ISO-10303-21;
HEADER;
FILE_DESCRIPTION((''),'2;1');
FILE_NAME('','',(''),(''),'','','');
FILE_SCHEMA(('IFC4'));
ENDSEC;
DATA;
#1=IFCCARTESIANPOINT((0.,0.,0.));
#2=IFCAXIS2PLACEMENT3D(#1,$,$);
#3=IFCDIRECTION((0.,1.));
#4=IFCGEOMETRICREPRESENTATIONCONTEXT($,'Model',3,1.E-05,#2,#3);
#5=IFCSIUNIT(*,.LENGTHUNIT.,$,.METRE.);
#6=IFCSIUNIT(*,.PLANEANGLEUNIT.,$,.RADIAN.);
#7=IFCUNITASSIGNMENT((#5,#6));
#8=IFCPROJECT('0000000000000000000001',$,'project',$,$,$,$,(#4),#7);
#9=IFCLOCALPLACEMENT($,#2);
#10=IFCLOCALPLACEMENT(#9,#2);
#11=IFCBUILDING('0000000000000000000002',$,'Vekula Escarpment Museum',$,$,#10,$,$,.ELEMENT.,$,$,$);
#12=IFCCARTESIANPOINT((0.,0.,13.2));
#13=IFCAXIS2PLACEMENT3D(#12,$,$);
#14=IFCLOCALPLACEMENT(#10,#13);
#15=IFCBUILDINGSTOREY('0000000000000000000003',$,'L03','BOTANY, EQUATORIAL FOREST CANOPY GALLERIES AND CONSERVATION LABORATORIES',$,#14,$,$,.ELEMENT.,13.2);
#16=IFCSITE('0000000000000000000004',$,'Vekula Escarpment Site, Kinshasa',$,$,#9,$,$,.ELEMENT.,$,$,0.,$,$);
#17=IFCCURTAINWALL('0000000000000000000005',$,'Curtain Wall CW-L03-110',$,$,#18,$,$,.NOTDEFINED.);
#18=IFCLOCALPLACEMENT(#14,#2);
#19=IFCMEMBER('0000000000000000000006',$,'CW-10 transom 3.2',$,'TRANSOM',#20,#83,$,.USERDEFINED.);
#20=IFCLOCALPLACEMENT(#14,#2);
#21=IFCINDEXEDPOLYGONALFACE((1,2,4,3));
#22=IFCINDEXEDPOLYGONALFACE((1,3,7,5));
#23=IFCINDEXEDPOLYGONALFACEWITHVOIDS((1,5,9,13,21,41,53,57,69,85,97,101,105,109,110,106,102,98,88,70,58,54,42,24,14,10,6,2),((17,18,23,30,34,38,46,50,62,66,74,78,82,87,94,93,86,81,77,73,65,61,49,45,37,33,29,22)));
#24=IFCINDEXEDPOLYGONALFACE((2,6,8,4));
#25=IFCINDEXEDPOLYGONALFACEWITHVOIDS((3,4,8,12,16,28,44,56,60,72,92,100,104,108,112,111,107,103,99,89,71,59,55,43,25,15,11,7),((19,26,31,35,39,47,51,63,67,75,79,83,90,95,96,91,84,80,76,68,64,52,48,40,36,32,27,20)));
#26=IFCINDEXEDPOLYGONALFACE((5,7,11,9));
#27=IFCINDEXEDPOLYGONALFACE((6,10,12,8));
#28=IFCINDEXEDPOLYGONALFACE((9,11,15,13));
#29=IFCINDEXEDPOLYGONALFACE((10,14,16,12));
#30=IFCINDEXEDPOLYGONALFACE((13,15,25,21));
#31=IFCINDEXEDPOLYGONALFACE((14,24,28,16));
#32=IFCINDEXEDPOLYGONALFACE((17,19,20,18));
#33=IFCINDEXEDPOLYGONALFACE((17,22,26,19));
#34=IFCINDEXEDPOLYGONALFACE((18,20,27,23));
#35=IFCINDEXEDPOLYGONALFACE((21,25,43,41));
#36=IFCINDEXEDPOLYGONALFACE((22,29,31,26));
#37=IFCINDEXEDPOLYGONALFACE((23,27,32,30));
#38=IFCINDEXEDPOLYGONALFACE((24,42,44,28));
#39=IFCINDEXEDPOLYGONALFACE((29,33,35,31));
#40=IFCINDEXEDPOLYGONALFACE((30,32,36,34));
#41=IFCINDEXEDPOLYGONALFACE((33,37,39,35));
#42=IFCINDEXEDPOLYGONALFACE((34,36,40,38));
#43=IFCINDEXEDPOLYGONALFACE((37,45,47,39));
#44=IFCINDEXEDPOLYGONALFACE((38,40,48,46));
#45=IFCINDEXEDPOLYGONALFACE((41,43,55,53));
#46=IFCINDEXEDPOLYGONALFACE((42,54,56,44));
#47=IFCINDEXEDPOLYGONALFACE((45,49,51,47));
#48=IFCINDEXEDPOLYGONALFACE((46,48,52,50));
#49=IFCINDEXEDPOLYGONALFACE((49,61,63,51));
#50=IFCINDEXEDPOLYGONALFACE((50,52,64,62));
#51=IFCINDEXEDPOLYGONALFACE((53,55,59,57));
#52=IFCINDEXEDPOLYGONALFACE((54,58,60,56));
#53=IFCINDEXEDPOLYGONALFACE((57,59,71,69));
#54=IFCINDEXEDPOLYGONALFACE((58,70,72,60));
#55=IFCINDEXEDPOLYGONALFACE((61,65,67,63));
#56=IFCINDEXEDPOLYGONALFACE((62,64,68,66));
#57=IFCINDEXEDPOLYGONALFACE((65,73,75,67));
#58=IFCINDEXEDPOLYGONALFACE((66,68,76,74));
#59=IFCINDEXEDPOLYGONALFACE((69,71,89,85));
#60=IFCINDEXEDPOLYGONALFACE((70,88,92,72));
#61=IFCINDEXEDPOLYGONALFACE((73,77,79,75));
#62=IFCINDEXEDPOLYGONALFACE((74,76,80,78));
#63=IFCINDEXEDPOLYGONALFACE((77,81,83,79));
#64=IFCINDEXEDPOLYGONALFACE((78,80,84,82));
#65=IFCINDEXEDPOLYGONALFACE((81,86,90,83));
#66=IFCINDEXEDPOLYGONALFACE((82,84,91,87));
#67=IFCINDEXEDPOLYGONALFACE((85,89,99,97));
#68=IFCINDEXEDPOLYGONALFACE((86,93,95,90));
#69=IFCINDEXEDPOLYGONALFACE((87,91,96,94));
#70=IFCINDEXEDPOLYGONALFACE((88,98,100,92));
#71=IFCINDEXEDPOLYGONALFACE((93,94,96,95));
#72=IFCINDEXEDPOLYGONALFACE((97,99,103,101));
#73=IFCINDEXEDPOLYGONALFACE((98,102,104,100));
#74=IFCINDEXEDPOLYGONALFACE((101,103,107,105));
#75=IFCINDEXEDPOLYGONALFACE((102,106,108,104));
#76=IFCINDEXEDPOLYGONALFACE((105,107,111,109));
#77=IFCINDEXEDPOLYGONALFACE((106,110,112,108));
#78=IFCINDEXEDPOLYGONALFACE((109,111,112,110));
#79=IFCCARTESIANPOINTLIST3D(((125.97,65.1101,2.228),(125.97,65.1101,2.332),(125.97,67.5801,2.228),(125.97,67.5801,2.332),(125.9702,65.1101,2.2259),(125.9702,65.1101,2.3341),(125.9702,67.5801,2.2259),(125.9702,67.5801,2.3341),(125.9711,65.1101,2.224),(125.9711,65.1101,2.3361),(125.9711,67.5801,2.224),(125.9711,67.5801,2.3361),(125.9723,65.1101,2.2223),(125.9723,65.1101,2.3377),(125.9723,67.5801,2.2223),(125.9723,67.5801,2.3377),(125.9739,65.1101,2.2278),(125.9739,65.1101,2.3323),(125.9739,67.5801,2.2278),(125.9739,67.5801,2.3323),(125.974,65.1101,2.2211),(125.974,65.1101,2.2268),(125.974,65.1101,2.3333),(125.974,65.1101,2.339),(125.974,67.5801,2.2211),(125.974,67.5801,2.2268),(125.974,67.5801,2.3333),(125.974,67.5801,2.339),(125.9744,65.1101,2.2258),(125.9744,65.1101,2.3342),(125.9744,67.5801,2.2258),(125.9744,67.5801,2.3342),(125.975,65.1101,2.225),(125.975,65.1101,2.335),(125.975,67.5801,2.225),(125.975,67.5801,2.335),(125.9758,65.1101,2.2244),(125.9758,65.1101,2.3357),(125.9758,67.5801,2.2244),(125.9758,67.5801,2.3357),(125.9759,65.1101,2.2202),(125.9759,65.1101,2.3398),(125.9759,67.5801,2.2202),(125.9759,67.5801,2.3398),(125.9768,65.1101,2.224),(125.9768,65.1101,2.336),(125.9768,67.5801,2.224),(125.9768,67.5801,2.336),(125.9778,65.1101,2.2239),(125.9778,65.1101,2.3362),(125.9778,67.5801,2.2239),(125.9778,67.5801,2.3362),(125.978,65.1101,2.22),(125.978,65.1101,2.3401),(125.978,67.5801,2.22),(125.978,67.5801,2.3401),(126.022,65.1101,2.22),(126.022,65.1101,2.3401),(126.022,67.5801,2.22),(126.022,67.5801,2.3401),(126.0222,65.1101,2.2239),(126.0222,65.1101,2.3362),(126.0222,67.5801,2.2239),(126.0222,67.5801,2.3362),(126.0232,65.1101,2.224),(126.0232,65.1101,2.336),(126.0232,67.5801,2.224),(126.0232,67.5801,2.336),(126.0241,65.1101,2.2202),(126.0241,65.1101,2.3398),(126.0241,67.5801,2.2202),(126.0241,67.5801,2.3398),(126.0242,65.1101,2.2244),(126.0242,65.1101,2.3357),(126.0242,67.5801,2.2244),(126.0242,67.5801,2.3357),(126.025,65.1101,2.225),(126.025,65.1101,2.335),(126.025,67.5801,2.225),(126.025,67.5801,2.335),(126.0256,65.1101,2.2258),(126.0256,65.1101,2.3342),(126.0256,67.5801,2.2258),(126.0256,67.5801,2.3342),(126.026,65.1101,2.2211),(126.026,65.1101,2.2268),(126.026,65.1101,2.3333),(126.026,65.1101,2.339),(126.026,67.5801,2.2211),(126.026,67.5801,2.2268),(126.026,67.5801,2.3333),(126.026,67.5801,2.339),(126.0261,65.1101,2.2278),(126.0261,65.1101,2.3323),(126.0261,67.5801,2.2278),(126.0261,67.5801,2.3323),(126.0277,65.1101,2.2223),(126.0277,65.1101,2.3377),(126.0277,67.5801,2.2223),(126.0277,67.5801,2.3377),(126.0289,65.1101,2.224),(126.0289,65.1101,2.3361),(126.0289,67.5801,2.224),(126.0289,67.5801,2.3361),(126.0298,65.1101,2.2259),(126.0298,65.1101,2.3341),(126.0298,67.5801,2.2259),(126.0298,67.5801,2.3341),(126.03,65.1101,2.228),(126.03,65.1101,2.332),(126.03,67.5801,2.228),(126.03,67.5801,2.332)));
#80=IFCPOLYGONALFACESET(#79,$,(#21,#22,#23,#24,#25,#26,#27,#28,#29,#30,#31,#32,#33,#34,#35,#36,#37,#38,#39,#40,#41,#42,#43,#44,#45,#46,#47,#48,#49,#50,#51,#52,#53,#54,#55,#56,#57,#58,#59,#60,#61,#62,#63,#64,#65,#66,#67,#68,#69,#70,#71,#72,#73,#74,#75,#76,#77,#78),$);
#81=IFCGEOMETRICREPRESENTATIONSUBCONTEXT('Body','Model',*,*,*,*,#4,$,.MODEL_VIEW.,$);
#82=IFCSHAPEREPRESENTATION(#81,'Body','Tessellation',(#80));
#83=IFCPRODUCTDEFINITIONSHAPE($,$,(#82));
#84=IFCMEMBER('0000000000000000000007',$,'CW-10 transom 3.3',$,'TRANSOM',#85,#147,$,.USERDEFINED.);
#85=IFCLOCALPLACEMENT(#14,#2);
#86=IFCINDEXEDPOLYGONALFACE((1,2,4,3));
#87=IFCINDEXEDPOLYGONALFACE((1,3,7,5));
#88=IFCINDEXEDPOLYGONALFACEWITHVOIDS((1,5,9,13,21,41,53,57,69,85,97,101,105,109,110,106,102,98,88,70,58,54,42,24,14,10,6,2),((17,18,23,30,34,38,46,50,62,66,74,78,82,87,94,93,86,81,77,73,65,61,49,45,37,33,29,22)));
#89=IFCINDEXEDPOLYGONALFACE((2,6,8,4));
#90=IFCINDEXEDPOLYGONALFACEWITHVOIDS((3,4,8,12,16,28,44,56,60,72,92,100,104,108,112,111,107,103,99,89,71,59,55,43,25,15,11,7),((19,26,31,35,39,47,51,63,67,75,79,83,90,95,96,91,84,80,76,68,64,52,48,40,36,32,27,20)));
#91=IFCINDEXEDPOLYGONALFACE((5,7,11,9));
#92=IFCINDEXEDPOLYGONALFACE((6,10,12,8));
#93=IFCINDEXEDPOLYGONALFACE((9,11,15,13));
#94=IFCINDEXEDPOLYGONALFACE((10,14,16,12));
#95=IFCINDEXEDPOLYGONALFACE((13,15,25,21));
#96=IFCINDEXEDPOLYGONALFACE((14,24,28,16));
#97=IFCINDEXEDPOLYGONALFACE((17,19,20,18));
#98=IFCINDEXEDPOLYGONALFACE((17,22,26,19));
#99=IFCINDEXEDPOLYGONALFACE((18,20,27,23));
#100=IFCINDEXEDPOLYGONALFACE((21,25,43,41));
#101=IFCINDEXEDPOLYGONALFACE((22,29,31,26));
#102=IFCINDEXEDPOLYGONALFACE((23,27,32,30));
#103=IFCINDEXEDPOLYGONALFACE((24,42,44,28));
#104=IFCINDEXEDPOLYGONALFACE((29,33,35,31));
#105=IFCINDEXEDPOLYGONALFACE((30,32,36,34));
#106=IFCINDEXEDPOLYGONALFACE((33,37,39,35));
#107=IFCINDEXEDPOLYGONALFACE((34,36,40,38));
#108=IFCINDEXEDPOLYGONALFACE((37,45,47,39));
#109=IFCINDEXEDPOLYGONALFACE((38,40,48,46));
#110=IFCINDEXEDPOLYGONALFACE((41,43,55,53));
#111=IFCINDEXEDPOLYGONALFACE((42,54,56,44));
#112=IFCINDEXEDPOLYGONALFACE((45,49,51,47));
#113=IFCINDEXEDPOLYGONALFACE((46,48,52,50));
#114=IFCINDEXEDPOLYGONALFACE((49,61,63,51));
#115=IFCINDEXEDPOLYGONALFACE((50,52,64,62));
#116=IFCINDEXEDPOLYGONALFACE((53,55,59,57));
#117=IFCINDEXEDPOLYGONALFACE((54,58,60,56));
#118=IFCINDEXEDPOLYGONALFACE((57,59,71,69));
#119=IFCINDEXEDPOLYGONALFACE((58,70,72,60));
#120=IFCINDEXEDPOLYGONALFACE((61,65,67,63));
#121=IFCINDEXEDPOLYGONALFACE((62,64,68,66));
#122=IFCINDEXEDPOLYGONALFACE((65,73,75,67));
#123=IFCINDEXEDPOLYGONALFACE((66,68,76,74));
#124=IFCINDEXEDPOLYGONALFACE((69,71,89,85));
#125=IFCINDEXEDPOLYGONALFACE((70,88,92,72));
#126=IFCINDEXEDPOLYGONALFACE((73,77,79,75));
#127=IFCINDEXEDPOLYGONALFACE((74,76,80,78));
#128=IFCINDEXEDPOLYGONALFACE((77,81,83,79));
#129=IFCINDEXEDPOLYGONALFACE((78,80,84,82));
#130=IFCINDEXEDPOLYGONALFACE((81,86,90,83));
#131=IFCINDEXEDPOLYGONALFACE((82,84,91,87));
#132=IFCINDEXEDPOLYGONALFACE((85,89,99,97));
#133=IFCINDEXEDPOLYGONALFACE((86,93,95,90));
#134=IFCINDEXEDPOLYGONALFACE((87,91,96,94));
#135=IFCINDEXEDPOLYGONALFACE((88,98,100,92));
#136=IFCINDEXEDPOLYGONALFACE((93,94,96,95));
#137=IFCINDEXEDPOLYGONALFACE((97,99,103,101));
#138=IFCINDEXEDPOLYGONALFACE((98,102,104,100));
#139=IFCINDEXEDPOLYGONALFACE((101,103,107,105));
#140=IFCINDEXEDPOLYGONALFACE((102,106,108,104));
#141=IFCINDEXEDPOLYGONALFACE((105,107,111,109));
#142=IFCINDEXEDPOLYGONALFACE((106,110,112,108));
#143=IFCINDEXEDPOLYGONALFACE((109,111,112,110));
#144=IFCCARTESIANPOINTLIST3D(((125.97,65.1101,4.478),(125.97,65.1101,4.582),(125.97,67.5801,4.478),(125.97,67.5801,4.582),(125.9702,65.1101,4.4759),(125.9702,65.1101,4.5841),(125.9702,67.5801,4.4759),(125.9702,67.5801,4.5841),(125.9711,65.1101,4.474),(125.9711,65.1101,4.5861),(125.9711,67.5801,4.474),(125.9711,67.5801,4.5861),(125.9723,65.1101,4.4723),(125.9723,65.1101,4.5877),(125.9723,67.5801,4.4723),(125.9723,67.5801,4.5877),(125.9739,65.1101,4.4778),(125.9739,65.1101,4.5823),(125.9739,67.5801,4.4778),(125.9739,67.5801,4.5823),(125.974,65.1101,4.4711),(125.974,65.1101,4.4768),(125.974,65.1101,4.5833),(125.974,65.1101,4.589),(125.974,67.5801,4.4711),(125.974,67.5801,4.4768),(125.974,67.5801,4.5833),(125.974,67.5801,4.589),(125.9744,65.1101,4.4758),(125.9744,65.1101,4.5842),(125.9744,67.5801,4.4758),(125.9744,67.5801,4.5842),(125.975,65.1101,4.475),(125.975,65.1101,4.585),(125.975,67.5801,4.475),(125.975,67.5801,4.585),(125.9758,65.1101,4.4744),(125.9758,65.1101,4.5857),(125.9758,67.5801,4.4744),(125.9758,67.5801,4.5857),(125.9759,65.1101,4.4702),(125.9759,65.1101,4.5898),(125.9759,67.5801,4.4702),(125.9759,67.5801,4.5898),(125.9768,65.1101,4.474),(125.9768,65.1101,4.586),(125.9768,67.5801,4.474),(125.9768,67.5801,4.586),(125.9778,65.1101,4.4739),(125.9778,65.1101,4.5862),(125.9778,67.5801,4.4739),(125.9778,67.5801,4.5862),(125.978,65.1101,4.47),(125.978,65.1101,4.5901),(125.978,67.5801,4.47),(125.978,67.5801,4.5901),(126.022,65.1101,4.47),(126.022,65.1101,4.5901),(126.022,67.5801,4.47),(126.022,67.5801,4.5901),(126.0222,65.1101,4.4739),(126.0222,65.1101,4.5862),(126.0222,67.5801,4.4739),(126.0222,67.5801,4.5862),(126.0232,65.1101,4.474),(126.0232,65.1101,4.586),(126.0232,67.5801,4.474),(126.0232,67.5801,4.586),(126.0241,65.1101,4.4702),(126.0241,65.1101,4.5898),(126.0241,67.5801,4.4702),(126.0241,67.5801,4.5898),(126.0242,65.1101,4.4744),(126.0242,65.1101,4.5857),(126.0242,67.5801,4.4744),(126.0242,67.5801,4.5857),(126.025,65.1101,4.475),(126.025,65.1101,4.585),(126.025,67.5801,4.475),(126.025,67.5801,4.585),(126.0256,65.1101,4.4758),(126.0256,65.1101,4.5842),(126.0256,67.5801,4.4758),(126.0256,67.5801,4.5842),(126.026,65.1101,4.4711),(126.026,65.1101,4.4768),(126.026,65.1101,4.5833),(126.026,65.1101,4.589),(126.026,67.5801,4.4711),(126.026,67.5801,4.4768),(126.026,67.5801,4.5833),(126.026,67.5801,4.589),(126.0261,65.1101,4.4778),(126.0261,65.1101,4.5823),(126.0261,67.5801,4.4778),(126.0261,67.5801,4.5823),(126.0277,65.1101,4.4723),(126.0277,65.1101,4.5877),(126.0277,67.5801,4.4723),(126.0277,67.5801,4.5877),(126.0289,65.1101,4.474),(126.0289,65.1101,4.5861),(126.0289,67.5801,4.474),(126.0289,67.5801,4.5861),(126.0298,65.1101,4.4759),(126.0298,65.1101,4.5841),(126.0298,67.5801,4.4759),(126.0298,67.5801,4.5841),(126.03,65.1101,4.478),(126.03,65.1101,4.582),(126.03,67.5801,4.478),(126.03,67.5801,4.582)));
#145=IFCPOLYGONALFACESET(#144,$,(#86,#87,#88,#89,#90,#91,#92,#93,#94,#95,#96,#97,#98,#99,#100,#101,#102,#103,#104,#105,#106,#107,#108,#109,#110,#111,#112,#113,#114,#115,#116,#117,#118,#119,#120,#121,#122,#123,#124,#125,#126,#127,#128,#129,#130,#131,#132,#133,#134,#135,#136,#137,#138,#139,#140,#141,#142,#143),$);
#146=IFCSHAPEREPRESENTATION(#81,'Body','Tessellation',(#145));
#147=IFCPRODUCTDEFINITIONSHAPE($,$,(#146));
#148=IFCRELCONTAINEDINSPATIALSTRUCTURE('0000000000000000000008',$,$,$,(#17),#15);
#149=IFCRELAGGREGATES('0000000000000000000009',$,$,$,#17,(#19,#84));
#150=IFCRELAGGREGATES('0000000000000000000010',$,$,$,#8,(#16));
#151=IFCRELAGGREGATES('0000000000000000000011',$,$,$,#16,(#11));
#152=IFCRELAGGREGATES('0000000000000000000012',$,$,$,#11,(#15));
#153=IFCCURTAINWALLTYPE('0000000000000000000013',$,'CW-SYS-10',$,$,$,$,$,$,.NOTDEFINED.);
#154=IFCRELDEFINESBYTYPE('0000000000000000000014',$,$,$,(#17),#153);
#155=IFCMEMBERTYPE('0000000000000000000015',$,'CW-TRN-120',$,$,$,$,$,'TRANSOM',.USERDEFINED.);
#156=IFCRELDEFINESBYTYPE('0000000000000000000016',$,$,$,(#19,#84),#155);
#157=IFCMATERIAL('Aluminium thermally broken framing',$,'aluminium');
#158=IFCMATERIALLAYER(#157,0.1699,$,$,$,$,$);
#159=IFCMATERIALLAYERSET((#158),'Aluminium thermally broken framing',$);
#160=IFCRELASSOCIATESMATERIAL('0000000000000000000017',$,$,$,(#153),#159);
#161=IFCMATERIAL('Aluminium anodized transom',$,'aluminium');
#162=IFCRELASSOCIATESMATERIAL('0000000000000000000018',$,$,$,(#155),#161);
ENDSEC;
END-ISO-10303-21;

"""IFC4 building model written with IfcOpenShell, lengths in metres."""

from ifc_helpers import new_model, si_unit, direction, frame, origin, origin_2d, place, context, subcontext, project, spatial, hollow_rectangle, extrude, material, layer, layer_set, material_profile, profile_set, type_object, element, aggregate, save


model = new_model("IFC4")

# Units and contexts
model_context = context("Model", 3, precision=1e-05, world=origin(), true_north=direction((0.0, 1.0)))
body_context = subcontext(model_context, "Body", "Model", "MODEL_VIEW")
ifc_project = project(units=[si_unit("LENGTHUNIT", "METRE"), si_unit("PLANEANGLEUNIT", "RADIAN")], contexts=[model_context])

# Site, building, storey
site_placement = place(None, origin())
site = spatial("IfcSite", under=ifc_project, at=site_placement, Name="Vekula Escarpment Site, Kinshasa", CompositionType="ELEMENT", RefElevation=0.0)
building_placement = place(site_placement, origin())
building = spatial("IfcBuilding", under=site, at=building_placement, Name="Vekula Escarpment Museum", CompositionType="ELEMENT")
storey_placement = place(building_placement, frame((0.0, 0.0, 13.2)))
storey = spatial("IfcBuildingStorey", under=building, at=storey_placement, Name="L03", Description="BOTANY, EQUATORIAL FOREST CANOPY GALLERIES AND CONSERVATION LABORATORIES", CompositionType="ELEMENT", Elevation=13.2)

# Curtain wall, members
ifc_material_1 = material(Name="Aluminium thermally broken framing", Category="aluminium")
ifc_layer_1 = layer(ifc_material_1, 0.1699)
ifc_layer_set_1 = layer_set([ifc_layer_1], Name="Aluminium thermally broken framing")
curtain_wall_type_1 = type_object("IfcCurtainWallType", Name="CW-SYS-10", PredefinedType="NOTDEFINED", material=ifc_layer_set_1)
curtain_wall_1_placement = place(storey_placement, origin())
curtain_wall_1 = element("IfcCurtainWall", 1, at=curtain_wall_1_placement, inside=storey, type_object=curtain_wall_type_1, Name="Curtain Wall CW-L03-110", PredefinedType="NOTDEFINED")
ifc_material_2 = material(Name="Aluminium anodized transom", Category="aluminium")
ifc_material_profile_1 = material_profile(ifc_material_2, hollow_rectangle(XDim=0.0601, YDim=0.1201, WallThickness=0.0039, InnerFilletRadius=0.0039, OuterFilletRadius=0.0081, at=origin_2d()), Name="ALU 120x60x4")
ifc_profile_set_1 = profile_set([ifc_material_profile_1], Name="Aluminium anodized transom")
member_type_1 = type_object("IfcMemberType", Name="CW-TRN-120", ElementType="TRANSOM", PredefinedType="USERDEFINED", material=ifc_profile_set_1)
member_1_placement = place(storey_placement, frame((126.0, 65.1101, 2.28), z_axis=(0.0, 1.0, 0.0), x_axis=(-1.0, 0.0, 0.0)))
member_1 = element("IfcMember", 2, at=member_1_placement, type_object=member_type_1, Name="CW-10 transom 3.2", ObjectType="TRANSOM", PredefinedType="USERDEFINED", context=body_context, shape_type="SweptSolid", body=[
    extrude(hollow_rectangle(XDim=0.0601, YDim=0.1201, WallThickness=0.0039, InnerFilletRadius=0.0039, OuterFilletRadius=0.0081, at=origin_2d()), origin(), (0.0, 0.0, 1.0), 2.47),
])
member_2_placement = place(storey_placement, frame((126.0, 65.1101, 4.53), z_axis=(0.0, 1.0, 0.0), x_axis=(-1.0, 0.0, 0.0)))
member_2 = element("IfcMember", 3, at=member_2_placement, type_object=member_type_1, Name="CW-10 transom 3.3", ObjectType="TRANSOM", PredefinedType="USERDEFINED", context=body_context, shape_type="SweptSolid", body=[
    extrude(hollow_rectangle(XDim=0.0601, YDim=0.1201, WallThickness=0.0039, InnerFilletRadius=0.0039, OuterFilletRadius=0.0081, at=origin_2d()), origin(), (0.0, 0.0, 1.0), 2.47),
])

aggregate(curtain_wall_1, [member_1, member_2])

save(model, "model.ifc")
